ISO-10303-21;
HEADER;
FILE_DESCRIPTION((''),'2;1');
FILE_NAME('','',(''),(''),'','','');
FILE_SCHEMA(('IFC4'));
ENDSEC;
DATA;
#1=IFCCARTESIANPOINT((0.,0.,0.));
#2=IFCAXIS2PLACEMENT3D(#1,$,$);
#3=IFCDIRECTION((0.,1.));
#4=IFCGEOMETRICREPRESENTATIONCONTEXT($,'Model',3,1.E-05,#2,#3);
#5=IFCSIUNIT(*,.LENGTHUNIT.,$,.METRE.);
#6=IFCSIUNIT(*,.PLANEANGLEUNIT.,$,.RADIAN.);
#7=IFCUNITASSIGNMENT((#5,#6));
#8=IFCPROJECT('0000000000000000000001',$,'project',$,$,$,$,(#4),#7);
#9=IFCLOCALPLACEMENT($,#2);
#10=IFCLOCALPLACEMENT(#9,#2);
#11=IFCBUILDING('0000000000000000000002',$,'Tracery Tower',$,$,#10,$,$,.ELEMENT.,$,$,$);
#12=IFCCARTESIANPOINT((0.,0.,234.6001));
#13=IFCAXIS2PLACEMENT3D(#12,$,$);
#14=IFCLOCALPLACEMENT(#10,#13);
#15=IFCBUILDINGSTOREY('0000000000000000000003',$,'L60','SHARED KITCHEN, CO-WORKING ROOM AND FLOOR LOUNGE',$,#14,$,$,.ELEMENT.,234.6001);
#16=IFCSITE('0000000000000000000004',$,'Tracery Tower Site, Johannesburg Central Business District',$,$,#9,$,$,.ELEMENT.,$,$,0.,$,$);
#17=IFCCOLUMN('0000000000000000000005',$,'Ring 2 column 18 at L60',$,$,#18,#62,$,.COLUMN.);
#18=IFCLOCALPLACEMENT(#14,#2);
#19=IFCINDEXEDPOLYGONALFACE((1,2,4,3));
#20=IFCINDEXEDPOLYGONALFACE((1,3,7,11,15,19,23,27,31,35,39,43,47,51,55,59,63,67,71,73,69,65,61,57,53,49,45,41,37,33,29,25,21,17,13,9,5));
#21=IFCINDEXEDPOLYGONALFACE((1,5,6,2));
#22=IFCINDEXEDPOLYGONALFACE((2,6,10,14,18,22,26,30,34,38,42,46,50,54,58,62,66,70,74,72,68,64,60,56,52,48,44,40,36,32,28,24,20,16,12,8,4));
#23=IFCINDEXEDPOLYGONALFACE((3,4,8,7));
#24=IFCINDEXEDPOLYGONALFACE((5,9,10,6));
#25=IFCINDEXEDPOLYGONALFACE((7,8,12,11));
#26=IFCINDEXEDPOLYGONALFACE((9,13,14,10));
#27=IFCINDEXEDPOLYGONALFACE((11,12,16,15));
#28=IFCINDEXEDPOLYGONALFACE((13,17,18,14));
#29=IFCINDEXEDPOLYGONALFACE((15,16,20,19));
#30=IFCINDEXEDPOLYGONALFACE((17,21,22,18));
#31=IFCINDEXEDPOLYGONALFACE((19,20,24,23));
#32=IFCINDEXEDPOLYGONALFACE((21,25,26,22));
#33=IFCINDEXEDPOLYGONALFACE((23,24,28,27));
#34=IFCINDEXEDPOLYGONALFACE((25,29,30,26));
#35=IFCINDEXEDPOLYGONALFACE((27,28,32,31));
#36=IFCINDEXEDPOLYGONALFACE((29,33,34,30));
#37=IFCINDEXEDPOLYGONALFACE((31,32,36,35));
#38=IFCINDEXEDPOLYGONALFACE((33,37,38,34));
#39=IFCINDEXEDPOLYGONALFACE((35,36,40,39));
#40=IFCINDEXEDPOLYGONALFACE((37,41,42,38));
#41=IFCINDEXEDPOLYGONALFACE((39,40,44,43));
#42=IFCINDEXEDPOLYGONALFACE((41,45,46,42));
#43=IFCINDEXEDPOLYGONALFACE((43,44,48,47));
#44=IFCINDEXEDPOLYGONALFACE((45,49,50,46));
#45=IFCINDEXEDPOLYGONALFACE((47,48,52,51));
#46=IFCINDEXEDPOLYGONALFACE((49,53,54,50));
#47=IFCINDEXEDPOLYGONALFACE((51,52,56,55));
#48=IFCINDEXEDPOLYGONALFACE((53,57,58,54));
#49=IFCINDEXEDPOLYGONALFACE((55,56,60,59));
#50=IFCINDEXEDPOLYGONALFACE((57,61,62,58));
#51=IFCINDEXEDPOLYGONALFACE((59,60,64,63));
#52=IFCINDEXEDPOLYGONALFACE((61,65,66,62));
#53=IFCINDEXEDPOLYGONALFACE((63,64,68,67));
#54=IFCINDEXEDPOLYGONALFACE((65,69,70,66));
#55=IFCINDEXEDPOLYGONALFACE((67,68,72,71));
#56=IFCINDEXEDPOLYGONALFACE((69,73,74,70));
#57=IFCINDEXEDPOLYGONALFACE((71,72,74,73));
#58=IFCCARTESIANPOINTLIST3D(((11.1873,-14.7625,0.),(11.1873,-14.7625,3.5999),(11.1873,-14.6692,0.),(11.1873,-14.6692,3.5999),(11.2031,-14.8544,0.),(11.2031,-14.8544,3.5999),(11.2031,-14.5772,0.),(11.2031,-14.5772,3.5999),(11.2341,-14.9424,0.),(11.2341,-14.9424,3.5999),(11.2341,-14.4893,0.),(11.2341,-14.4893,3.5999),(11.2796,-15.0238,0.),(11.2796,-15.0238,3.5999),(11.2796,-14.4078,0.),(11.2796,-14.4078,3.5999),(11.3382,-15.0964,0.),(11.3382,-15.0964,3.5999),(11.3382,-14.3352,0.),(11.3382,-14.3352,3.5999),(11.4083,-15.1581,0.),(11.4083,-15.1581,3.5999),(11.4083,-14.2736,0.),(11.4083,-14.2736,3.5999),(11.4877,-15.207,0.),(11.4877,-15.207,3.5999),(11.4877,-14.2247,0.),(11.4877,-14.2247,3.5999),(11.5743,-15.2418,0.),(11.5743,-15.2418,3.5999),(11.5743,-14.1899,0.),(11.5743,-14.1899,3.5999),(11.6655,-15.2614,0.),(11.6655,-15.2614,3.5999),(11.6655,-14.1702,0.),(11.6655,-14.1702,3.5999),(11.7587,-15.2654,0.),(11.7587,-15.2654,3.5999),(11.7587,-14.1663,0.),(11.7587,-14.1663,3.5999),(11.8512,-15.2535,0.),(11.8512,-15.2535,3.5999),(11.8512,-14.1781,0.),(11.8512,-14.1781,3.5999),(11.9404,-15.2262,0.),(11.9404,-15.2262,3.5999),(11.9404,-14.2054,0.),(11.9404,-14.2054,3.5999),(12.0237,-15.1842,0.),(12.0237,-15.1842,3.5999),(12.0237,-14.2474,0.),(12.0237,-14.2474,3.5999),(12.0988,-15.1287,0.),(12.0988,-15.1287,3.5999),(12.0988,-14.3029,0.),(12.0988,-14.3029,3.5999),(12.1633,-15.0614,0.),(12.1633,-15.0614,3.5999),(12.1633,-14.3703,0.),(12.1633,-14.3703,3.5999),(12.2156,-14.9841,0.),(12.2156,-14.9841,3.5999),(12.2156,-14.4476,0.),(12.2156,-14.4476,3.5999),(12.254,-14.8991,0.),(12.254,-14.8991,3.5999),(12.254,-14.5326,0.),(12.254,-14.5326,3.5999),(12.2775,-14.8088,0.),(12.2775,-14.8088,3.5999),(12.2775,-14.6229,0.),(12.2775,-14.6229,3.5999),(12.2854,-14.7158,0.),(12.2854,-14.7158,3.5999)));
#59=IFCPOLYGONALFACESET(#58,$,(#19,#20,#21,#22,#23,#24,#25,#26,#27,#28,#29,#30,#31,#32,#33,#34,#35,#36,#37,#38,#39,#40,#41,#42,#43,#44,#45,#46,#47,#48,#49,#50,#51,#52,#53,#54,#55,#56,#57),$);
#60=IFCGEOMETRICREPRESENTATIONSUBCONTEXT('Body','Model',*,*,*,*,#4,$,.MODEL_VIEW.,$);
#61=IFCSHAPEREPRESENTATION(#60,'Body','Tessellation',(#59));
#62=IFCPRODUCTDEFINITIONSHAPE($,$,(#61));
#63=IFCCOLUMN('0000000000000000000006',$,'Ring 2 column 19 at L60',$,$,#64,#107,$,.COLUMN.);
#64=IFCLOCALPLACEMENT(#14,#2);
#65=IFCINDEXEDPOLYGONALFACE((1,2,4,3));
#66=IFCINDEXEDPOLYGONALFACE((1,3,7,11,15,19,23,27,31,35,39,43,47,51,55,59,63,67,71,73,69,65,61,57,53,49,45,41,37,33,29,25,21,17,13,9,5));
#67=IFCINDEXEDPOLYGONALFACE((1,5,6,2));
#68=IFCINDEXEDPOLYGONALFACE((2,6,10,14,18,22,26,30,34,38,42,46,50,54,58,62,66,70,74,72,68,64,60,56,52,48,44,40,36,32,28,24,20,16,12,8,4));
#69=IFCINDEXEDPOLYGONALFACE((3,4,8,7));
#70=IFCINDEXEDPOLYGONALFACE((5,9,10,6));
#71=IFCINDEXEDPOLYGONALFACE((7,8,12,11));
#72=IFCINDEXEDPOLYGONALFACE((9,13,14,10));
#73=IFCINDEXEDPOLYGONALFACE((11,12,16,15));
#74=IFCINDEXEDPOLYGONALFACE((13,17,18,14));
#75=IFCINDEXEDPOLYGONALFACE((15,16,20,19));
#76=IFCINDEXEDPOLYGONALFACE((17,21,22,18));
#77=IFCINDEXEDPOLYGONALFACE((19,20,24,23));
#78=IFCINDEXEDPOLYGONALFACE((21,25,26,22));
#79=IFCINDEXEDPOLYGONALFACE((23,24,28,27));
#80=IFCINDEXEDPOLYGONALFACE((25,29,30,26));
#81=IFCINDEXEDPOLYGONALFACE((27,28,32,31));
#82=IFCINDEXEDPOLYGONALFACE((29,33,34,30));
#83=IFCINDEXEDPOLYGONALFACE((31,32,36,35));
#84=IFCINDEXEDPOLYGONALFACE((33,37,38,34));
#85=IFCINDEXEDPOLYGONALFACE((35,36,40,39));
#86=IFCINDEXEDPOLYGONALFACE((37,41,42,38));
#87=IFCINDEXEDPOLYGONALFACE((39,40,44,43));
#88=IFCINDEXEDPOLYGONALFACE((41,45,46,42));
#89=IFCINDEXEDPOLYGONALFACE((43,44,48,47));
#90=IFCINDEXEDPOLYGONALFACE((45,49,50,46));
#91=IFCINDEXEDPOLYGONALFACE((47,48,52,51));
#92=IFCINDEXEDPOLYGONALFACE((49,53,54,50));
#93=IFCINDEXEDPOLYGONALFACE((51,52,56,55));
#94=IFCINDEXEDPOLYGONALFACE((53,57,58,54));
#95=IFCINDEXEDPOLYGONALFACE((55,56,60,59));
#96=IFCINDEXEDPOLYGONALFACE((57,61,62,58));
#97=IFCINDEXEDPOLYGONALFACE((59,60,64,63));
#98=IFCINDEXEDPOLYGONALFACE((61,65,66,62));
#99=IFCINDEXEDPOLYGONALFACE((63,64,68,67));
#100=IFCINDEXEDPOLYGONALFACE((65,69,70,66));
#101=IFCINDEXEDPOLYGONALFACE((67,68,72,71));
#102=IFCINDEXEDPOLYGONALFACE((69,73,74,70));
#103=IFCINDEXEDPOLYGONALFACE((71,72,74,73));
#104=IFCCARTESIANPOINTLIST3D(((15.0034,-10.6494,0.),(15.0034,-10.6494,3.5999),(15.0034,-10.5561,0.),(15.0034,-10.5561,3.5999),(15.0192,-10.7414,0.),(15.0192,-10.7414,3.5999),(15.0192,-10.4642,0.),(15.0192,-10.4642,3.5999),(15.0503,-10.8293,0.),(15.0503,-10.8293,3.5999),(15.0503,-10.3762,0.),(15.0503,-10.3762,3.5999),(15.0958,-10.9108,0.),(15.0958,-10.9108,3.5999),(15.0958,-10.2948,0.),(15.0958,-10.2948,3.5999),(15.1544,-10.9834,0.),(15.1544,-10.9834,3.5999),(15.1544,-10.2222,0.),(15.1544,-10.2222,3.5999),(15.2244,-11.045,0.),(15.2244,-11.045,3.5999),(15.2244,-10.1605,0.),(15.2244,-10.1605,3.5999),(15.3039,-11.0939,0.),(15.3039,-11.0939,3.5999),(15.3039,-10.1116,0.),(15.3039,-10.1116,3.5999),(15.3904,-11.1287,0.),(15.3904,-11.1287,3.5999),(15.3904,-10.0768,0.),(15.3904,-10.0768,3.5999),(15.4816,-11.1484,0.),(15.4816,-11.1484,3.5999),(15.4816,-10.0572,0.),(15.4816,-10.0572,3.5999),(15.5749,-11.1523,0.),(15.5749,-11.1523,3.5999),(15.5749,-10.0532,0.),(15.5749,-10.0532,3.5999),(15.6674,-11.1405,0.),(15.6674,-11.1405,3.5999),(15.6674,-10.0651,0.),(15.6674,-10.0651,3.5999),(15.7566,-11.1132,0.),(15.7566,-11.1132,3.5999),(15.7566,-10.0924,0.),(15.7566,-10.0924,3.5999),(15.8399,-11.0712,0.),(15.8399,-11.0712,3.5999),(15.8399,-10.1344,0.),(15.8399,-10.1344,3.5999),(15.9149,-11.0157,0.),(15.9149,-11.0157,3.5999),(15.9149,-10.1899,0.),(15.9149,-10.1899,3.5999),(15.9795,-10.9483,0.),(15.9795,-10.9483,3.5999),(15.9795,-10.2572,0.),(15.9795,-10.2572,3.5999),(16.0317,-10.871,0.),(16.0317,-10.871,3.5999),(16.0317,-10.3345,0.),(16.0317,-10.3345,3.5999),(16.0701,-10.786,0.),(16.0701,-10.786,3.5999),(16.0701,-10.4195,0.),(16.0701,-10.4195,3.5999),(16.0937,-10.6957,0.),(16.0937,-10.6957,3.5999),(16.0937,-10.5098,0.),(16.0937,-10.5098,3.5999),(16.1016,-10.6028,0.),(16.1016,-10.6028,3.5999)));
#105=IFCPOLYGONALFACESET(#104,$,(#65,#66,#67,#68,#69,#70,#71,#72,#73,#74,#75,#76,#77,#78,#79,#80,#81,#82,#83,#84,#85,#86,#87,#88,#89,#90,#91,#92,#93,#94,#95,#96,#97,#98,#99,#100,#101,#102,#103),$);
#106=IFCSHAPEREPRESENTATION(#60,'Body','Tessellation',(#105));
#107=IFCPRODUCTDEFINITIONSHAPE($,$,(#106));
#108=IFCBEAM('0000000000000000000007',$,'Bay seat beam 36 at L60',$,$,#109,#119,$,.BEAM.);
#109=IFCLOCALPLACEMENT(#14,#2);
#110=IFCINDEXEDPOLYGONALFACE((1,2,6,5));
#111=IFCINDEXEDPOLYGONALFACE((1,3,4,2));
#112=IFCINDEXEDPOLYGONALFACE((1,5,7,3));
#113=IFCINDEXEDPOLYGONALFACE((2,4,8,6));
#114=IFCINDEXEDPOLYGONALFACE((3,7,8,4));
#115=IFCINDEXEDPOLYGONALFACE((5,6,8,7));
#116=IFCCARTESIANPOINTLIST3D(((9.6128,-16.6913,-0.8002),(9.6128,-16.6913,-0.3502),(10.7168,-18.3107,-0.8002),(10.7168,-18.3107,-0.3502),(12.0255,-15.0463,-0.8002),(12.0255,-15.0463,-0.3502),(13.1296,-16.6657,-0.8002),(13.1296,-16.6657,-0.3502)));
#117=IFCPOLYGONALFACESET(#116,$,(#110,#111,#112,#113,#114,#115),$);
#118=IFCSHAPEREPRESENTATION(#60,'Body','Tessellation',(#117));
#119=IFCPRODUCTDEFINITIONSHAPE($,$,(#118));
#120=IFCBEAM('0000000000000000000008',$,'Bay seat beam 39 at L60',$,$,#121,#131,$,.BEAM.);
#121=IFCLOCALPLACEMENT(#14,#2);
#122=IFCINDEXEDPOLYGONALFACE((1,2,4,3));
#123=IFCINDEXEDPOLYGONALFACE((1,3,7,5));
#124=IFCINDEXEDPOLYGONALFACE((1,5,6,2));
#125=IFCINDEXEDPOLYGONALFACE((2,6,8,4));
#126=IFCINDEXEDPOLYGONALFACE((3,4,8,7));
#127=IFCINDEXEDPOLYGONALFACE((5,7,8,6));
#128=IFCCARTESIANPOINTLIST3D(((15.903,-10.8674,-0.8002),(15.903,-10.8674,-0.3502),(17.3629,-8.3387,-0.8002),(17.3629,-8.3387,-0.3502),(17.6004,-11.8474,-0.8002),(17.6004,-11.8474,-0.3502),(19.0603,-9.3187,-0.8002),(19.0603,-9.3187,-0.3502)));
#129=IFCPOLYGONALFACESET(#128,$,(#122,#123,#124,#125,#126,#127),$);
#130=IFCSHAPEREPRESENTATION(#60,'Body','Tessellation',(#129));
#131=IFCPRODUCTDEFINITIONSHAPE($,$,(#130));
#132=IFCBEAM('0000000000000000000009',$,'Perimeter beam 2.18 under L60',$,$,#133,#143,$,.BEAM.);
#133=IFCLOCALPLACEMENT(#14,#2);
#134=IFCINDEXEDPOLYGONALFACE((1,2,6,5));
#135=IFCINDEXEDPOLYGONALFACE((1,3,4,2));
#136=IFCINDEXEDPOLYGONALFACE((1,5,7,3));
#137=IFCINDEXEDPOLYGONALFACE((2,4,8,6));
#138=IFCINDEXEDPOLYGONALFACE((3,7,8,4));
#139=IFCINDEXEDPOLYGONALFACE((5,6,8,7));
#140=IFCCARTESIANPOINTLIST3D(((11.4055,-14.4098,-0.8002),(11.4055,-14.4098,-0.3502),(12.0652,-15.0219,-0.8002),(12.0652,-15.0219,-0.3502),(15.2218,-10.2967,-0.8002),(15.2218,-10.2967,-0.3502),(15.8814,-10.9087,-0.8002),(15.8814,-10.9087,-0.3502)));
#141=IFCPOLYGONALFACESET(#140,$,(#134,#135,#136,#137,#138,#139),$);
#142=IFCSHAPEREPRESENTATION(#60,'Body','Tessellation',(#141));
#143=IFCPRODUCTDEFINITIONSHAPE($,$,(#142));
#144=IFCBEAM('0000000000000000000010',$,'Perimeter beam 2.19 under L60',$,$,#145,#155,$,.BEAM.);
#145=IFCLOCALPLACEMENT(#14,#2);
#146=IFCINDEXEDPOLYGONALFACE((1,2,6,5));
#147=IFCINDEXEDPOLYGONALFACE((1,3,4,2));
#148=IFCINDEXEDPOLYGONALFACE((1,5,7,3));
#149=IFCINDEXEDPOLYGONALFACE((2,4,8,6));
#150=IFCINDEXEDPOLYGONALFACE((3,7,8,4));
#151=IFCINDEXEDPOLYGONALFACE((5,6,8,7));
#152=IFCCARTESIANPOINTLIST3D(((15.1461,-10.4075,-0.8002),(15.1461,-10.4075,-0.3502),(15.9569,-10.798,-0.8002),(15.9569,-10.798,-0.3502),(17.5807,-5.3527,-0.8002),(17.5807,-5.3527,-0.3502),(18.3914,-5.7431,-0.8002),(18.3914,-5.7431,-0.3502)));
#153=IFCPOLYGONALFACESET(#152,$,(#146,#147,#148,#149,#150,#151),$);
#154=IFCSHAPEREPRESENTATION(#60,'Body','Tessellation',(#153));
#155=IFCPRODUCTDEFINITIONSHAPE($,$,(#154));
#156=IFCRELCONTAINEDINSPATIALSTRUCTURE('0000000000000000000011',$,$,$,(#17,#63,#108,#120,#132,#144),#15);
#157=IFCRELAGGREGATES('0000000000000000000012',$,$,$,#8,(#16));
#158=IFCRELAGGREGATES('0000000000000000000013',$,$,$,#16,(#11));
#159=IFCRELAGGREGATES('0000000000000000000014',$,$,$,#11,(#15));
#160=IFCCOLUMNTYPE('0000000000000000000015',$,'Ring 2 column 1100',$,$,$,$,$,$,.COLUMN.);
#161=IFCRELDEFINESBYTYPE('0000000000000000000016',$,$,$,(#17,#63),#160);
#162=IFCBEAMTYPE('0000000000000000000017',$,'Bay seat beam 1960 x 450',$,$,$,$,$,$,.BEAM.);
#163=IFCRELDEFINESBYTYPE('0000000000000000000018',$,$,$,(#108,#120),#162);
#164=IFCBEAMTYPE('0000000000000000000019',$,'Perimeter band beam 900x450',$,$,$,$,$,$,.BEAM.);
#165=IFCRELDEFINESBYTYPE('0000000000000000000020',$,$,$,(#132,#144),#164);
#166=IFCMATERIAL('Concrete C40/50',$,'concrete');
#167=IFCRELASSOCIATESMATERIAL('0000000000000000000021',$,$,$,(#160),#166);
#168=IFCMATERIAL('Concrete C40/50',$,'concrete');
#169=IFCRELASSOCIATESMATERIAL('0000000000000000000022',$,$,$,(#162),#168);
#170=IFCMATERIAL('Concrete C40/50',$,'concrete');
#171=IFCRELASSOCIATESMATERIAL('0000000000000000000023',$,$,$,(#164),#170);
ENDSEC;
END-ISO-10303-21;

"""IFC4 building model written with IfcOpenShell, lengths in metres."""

from ifc_helpers import new_model, si_unit, direction, frame, origin, origin_2d, place, context, subcontext, project, spatial, rectangle, circle, extrude, material, material_profile, profile_set, type_object, element, save


model = new_model("IFC4")

# Units and contexts
model_context = context("Model", 3, precision=1e-05, world=origin(), true_north=direction((0.0, 1.0)))
body_context = subcontext(model_context, "Body", "Model", "MODEL_VIEW")
ifc_project = project(units=[si_unit("LENGTHUNIT", "METRE"), si_unit("PLANEANGLEUNIT", "RADIAN")], contexts=[model_context])

# Site, building, storey
site_placement = place(None, origin())
site = spatial("IfcSite", under=ifc_project, at=site_placement, Name="Tracery Tower Site, Johannesburg Central Business District", CompositionType="ELEMENT", RefElevation=0.0)
building_placement = place(site_placement, origin())
building = spatial("IfcBuilding", under=site, at=building_placement, Name="Tracery Tower", CompositionType="ELEMENT")
storey_placement = place(building_placement, frame((0.0, 0.0, 234.6001)))
storey = spatial("IfcBuildingStorey", under=building, at=storey_placement, Name="L60", Description="SHARED KITCHEN, CO-WORKING ROOM AND FLOOR LOUNGE", CompositionType="ELEMENT", Elevation=234.6001)

# Columns
ifc_material_1 = material(Name="Concrete C40/50", Category="concrete")
ifc_material_profile_1 = material_profile(ifc_material_1, circle(Radius=0.55, at=origin_2d()), Name="RC D1100")
ifc_profile_set_1 = profile_set([ifc_material_profile_1], Name="Concrete C40/50")
column_type = type_object("IfcColumnType", Name="Ring 2 column 1100", PredefinedType="COLUMN", material=ifc_profile_set_1)
for number, where, z_axis, x_axis, name in (
    (1, (11.7354, -14.7158, 0.0), (0.0, 0.0, 1.0), (1.0, 0.0, 0.0), "Ring 2 column 18 at L60"),
    (2, (15.5515, -10.6028, 0.0), (0.0, 0.0, 1.0), (1.0, 0.0, 0.0), "Ring 2 column 19 at L60"),
):
    element("IfcColumn", number, at=place(storey_placement, frame(where, z_axis=z_axis, x_axis=x_axis)), inside=storey, type_object=column_type, Name=name, PredefinedType="COLUMN", context=body_context, shape_type="SweptSolid", body=[
        extrude(circle(Radius=0.55, at=origin_2d()), origin(), (0.0, 0.0, 1.0), 3.5999),
    ])

# Beams
ifc_material_2 = material(Name="Concrete C40/50", Category="concrete")
ifc_material_profile_2 = material_profile(ifc_material_2, rectangle(XDim=1.96, YDim=0.45, at=origin_2d()), Name="RC 1960x450")
ifc_profile_set_2 = profile_set([ifc_material_profile_2], Name="Concrete C40/50")
beam_type_1 = type_object("IfcBeamType", Name="Bay seat beam 1960 x 450", PredefinedType="BEAM", material=ifc_profile_set_2)
beam_1_placement = place(storey_placement, frame((10.1648, -17.501, -0.5752), z_axis=(0.826243, 0.563313, 0.0), x_axis=(-0.563313, 0.826243, 0.0)))
element("IfcBeam", 3, at=beam_1_placement, inside=storey, type_object=beam_type_1, Name="Bay seat beam 36 at L60", PredefinedType="BEAM", context=body_context, shape_type="SweptSolid", body=[
    extrude(rectangle(XDim=1.96, YDim=0.45, at=origin_2d()), origin(), (0.0, 0.0, 1.0), 2.9202),
])
beam_2_placement = place(storey_placement, frame((16.7517, -11.3574, -0.5752), z_axis=(0.499988, 0.866032, 0.0), x_axis=(-0.866032, 0.499988, 0.0)))
element("IfcBeam", 4, at=beam_2_placement, inside=storey, type_object=beam_type_1, Name="Bay seat beam 39 at L60", PredefinedType="BEAM", context=body_context, shape_type="SweptSolid", body=[
    extrude(rectangle(XDim=1.96, YDim=0.45, at=origin_2d()), origin(), (0.0, 0.0, 1.0), 2.9199),
])
ifc_material_3 = material(Name="Concrete C40/50", Category="concrete")
ifc_material_profile_3 = material_profile(ifc_material_3, rectangle(XDim=0.8999, YDim=0.45, at=origin_2d()), Name="RC 900x450")
ifc_profile_set_3 = profile_set([ifc_material_profile_3], Name="Concrete C40/50")
beam_type_2 = type_object("IfcBeamType", Name="Perimeter band beam 900x450", PredefinedType="BEAM", material=ifc_profile_set_3)
beam_3_placement = place(storey_placement, frame((11.7354, -14.7158, -0.5752), z_axis=(0.680156, 0.733068, 0.0), x_axis=(-0.733068, 0.680156, 0.0)))
element("IfcBeam", 5, at=beam_3_placement, inside=storey, type_object=beam_type_2, Name="Perimeter beam 2.18 under L60", PredefinedType="BEAM", context=body_context, shape_type="SweptSolid", body=[
    extrude(rectangle(XDim=0.8999, YDim=0.45, at=origin_2d()), origin(), (0.0, 0.0, 1.0), 5.6108),
])
beam_4_placement = place(storey_placement, frame((15.5515, -10.6028, -0.5752), z_axis=(0.433919, 0.900952, 0.0), x_axis=(-0.900952, 0.433919, 0.0)))
element("IfcBeam", 6, at=beam_4_placement, inside=storey, type_object=beam_type_2, Name="Perimeter beam 2.19 under L60", PredefinedType="BEAM", context=body_context, shape_type="SweptSolid", body=[
    extrude(rectangle(XDim=0.8999, YDim=0.45, at=origin_2d()), origin(), (0.0, 0.0, 1.0), 5.6106),
])

save(model, "model.ifc")
